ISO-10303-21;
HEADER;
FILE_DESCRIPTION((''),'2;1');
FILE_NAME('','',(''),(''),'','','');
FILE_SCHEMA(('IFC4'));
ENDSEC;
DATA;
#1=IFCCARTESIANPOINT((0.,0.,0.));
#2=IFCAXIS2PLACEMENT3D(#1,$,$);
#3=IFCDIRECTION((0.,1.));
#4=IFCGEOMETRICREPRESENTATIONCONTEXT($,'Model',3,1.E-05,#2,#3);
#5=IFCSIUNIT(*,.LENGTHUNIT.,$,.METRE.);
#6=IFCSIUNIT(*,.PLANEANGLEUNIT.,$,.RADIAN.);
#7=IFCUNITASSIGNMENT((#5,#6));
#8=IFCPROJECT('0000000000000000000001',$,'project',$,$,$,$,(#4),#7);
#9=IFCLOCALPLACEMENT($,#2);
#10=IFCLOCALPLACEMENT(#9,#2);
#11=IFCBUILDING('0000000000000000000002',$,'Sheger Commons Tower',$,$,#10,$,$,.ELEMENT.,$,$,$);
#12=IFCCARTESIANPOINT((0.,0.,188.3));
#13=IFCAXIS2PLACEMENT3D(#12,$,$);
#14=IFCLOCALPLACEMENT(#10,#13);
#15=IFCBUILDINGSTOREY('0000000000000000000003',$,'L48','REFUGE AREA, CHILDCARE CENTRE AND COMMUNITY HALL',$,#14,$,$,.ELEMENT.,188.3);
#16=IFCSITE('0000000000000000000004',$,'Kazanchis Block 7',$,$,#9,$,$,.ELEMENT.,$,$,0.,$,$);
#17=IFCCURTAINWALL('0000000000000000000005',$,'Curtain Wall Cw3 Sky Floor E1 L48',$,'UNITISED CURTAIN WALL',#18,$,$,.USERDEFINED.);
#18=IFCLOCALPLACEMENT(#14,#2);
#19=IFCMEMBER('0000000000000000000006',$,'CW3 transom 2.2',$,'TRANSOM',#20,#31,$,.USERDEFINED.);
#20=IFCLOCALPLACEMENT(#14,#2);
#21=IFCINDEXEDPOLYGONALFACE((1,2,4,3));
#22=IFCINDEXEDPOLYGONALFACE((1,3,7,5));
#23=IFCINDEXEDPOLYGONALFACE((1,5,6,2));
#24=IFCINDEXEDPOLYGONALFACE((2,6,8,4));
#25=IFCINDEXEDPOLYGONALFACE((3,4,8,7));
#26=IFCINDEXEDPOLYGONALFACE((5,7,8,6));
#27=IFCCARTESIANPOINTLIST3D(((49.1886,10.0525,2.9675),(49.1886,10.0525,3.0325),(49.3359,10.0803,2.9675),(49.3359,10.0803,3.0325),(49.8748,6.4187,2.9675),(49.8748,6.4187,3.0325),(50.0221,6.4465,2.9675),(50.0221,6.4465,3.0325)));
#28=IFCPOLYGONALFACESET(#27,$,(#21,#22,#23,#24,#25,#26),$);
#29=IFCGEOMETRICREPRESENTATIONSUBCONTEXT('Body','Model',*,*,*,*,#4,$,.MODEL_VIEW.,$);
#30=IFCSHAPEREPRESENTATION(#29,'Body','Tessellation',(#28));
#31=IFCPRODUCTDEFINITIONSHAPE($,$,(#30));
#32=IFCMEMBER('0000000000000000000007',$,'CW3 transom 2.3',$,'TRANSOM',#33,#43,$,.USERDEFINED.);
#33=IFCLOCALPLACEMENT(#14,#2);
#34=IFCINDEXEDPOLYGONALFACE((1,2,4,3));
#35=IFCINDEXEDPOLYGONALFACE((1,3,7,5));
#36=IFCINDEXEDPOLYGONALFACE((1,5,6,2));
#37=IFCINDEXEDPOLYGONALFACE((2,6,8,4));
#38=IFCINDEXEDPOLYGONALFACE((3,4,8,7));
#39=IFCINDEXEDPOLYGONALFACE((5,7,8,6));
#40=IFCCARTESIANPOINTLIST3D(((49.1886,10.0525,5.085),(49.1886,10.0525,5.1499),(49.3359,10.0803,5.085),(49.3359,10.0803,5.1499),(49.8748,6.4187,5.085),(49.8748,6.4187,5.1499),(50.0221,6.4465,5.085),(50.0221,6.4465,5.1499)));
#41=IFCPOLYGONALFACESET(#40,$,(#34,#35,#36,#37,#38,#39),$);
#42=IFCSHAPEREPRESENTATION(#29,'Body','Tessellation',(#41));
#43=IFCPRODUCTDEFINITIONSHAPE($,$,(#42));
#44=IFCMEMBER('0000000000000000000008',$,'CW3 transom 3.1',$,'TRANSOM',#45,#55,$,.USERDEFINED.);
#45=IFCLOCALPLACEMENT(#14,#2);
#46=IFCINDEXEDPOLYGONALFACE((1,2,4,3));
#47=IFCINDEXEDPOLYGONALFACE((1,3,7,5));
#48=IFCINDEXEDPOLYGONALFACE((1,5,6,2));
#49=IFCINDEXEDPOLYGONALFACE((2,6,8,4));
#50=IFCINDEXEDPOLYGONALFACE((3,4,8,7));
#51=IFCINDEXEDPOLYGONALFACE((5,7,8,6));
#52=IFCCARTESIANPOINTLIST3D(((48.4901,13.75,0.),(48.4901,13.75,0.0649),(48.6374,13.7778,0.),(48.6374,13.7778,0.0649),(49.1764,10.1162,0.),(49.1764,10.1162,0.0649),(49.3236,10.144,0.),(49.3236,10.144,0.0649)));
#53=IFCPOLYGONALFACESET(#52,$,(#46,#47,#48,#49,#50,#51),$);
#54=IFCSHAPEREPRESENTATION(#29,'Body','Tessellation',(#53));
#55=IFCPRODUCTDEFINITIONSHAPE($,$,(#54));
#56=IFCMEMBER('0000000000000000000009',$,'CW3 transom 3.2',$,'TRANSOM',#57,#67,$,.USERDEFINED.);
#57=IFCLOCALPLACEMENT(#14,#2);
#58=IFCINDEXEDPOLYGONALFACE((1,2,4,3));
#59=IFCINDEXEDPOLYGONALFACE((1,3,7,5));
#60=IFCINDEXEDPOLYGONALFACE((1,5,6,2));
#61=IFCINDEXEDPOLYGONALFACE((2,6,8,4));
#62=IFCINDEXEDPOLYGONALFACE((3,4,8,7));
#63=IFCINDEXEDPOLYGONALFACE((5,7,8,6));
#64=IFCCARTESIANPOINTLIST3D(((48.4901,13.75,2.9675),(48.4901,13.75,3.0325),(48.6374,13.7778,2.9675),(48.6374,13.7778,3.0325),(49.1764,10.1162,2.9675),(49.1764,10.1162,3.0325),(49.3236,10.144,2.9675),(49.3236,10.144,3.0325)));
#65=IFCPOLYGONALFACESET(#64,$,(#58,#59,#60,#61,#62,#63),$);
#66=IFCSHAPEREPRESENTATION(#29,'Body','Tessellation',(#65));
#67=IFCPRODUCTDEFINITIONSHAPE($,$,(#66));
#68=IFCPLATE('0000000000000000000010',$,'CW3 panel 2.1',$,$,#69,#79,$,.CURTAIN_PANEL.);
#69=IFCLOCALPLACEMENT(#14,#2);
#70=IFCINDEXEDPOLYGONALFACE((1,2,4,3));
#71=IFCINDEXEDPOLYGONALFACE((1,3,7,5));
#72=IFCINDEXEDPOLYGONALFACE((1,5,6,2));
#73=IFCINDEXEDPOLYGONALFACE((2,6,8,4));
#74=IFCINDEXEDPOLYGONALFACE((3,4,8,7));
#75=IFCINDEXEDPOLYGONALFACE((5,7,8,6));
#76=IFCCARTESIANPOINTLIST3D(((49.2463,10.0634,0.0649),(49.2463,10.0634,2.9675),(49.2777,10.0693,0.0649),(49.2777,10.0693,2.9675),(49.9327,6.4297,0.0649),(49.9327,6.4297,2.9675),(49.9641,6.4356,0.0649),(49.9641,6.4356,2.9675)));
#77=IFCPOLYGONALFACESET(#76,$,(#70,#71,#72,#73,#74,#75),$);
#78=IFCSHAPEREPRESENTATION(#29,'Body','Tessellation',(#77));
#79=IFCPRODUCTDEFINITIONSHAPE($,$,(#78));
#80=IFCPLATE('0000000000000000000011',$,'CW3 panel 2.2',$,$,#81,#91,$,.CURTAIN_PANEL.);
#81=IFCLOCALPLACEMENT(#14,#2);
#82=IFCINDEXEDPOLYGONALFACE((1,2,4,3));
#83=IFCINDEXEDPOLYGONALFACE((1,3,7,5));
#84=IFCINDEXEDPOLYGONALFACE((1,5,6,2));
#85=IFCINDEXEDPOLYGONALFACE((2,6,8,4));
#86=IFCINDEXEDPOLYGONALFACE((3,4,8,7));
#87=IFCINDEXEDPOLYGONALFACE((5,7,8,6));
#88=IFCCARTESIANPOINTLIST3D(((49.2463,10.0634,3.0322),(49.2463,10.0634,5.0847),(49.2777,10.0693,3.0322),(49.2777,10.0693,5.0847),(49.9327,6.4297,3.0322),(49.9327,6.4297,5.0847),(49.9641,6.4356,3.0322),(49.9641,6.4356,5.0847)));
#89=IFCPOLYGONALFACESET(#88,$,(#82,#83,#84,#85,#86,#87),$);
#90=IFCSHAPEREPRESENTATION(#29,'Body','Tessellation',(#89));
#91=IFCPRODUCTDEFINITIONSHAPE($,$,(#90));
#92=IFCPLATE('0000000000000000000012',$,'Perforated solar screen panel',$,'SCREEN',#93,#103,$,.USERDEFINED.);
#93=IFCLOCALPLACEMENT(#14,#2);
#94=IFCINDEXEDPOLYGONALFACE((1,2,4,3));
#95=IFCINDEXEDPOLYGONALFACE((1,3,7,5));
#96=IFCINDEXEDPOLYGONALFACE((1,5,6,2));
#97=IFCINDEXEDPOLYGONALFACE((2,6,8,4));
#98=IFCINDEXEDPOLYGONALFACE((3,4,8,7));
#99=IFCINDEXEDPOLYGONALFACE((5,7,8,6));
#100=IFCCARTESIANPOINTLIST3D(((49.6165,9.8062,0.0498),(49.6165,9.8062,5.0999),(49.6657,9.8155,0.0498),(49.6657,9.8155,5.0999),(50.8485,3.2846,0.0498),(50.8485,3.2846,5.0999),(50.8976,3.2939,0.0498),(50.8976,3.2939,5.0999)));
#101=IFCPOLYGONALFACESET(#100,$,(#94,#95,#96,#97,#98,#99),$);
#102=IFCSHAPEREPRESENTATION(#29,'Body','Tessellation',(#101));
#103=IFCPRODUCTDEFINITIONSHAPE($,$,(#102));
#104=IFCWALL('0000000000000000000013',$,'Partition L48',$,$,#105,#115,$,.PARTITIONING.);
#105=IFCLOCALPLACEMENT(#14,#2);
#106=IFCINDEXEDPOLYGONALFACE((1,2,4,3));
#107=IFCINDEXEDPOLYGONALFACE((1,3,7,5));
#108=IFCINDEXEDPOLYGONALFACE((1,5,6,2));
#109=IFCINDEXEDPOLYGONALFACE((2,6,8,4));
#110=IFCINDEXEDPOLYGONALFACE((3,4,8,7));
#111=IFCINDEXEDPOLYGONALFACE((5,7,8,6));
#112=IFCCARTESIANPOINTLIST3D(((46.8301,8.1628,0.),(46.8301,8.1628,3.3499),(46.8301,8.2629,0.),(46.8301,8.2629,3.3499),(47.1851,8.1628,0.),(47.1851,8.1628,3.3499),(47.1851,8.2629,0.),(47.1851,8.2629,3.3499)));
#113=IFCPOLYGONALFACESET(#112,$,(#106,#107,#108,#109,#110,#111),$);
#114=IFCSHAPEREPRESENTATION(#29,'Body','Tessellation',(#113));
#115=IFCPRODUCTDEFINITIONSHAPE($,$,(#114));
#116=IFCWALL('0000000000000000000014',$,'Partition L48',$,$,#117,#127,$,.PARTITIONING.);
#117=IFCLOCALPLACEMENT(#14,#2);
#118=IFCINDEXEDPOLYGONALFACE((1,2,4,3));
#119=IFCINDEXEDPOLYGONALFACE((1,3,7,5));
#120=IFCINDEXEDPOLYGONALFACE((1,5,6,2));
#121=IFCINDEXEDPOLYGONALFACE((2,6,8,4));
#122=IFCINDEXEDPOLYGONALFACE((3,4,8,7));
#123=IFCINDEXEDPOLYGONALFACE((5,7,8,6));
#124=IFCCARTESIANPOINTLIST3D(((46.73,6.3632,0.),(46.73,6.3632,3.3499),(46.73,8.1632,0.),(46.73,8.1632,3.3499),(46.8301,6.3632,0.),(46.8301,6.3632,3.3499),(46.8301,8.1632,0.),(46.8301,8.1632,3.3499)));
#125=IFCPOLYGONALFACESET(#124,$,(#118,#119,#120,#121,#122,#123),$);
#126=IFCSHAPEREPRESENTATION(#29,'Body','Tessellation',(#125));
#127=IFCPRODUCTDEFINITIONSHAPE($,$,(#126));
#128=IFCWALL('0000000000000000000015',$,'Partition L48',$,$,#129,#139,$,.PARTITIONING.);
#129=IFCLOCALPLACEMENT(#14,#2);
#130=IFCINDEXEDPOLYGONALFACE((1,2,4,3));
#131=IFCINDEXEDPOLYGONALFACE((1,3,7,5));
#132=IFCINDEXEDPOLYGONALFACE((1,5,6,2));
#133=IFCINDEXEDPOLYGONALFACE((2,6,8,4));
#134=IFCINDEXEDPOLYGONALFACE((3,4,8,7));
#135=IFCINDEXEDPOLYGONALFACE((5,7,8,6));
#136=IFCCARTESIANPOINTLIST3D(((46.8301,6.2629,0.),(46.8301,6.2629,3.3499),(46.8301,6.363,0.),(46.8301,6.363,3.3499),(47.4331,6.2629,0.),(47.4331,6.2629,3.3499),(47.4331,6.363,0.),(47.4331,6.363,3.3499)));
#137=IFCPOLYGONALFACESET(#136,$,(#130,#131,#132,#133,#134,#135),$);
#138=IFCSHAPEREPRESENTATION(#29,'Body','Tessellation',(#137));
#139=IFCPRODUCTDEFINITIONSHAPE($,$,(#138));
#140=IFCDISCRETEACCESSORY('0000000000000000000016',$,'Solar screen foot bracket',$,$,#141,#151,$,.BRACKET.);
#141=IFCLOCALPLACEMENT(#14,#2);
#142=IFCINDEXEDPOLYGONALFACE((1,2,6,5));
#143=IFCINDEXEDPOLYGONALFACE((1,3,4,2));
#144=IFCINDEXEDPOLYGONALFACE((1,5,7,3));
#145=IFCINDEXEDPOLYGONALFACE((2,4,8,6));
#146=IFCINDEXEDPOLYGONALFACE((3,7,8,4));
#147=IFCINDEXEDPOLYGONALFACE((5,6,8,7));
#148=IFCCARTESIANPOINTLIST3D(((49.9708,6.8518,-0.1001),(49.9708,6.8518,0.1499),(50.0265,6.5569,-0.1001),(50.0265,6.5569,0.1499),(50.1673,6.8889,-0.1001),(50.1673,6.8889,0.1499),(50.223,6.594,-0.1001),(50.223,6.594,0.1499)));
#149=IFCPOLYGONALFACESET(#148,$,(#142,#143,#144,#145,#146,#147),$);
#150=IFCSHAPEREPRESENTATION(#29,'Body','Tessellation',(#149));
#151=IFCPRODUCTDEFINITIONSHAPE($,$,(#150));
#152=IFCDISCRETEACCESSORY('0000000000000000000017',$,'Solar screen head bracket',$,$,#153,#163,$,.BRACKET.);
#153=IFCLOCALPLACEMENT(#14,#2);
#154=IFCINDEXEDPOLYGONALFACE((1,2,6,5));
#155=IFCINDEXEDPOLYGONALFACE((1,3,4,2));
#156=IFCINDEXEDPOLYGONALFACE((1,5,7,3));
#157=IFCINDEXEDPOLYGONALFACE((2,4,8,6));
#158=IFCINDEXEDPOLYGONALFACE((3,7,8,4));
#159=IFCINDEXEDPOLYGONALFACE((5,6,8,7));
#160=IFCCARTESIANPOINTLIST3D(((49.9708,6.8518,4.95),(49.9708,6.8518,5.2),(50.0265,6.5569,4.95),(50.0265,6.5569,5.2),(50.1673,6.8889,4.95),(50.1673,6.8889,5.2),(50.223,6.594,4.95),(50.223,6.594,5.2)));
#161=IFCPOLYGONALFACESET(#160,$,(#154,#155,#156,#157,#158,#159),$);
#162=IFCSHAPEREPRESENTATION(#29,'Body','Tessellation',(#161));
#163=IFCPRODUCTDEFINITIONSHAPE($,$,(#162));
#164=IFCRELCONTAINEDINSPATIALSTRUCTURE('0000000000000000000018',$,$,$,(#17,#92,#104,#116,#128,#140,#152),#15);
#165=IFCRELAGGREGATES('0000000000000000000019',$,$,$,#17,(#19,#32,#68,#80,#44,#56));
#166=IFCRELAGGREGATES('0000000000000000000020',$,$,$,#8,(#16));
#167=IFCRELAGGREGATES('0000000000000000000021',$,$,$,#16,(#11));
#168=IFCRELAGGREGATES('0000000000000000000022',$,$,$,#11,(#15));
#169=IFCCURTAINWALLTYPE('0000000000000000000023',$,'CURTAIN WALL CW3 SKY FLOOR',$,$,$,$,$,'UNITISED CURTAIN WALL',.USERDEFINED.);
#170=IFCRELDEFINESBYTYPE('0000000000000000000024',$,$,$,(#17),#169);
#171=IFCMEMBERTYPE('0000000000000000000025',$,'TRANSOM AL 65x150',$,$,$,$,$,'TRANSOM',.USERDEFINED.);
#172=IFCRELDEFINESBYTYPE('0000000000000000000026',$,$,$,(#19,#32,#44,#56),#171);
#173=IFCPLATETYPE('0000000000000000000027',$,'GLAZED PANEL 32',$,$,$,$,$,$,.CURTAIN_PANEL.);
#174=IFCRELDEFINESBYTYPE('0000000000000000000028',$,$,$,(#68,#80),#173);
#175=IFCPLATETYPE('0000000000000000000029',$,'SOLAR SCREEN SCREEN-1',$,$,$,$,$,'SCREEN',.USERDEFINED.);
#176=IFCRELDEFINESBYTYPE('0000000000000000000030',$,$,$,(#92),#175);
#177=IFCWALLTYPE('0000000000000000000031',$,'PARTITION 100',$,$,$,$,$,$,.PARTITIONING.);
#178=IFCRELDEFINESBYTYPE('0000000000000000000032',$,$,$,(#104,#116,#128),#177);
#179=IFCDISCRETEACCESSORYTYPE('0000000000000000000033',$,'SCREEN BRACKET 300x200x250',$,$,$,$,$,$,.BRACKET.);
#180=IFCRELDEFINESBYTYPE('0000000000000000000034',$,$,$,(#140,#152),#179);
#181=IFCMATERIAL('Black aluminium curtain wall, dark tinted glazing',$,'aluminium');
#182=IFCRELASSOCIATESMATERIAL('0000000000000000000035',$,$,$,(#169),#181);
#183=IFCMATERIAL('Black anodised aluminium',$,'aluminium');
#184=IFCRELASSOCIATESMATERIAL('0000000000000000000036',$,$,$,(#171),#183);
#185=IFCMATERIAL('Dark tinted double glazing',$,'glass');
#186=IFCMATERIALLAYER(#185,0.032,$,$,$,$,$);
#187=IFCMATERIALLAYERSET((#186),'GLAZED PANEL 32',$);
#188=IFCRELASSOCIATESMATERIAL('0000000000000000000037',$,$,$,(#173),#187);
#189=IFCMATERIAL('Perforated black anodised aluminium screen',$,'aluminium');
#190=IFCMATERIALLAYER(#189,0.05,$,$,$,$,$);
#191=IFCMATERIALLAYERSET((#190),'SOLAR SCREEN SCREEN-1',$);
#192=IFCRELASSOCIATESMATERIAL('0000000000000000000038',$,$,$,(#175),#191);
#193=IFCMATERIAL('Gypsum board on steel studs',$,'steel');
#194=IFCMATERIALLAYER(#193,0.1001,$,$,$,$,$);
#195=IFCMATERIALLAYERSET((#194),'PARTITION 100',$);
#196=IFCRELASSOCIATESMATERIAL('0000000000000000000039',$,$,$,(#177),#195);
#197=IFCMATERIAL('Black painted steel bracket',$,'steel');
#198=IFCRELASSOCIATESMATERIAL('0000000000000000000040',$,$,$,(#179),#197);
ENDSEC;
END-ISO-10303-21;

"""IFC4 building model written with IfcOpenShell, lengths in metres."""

from ifc_helpers import new_model, si_unit, direction, frame, frame_2d, origin, origin_2d, place, context, subcontext, project, spatial, rectangle, extrude, material, layer, layer_set, material_profile, profile_set, type_object, element, aggregate, save


model = new_model("IFC4")

# Units and contexts
model_context = context("Model", 3, precision=1e-05, world=origin(), true_north=direction((0.0, 1.0)))
body_context = subcontext(model_context, "Body", "Model", "MODEL_VIEW")
ifc_project = project(units=[si_unit("LENGTHUNIT", "METRE"), si_unit("PLANEANGLEUNIT", "RADIAN")], contexts=[model_context])

# Site, building, storey
site_placement = place(None, origin())
site = spatial("IfcSite", under=ifc_project, at=site_placement, Name="Kazanchis Block 7", CompositionType="ELEMENT", RefElevation=0.0)
building_placement = place(site_placement, origin())
building = spatial("IfcBuilding", under=site, at=building_placement, Name="Sheger Commons Tower", CompositionType="ELEMENT")
storey_placement = place(building_placement, frame((0.0, 0.0, 188.3)))
storey = spatial("IfcBuildingStorey", under=building, at=storey_placement, Name="L48", Description="REFUGE AREA, CHILDCARE CENTRE AND COMMUNITY HALL", CompositionType="ELEMENT", Elevation=188.3)

# Curtain wall
ifc_material_1 = material(Name="Black aluminium curtain wall, dark tinted glazing", Category="aluminium")
curtain_wall_type = type_object("IfcCurtainWallType", Name="CURTAIN WALL CW3 SKY FLOOR", ElementType="UNITISED CURTAIN WALL", PredefinedType="USERDEFINED", material=ifc_material_1)
curtain_wall_placement = place(storey_placement, origin())
curtain_wall = element("IfcCurtainWall", 1, at=curtain_wall_placement, inside=storey, type_object=curtain_wall_type, Name="Curtain Wall Cw3 Sky Floor E1 L48", ObjectType="UNITISED CURTAIN WALL", PredefinedType="USERDEFINED")

# Members
ifc_material_2 = material(Name="Black anodised aluminium", Category="aluminium")
ifc_material_profile_1 = material_profile(ifc_material_2, rectangle(XDim=0.1499, YDim=0.0649, at=origin_2d()), Name="AL 65x150")
ifc_profile_set_1 = profile_set([ifc_material_profile_1], Name="Black anodised aluminium")
member_type_1 = type_object("IfcMemberType", Name="TRANSOM AL 65x150", ElementType="TRANSOM", PredefinedType="USERDEFINED", material=ifc_profile_set_1)
member_1_placement = place(storey_placement, frame((49.9485, 6.4326, 3.0), z_axis=(-0.18558, 0.982629, 0.0), x_axis=(-0.982629, -0.18558, 0.0)))
member_1 = element("IfcMember", 2, at=member_1_placement, type_object=member_type_1, Name="CW3 transom 2.2", ObjectType="TRANSOM", PredefinedType="USERDEFINED", context=body_context, shape_type="SweptSolid", body=[
    extrude(rectangle(XDim=0.1499, YDim=0.0649, at=origin_2d()), origin(), (0.0, 0.0, 1.0), 3.698),
])
member_2_placement = place(storey_placement, frame((49.9485, 6.4326, 5.1174), z_axis=(-0.18558, 0.982629, 0.0), x_axis=(-0.982629, -0.18558, 0.0)))
member_2 = element("IfcMember", 3, at=member_2_placement, type_object=member_type_1, Name="CW3 transom 2.3", ObjectType="TRANSOM", PredefinedType="USERDEFINED", context=body_context, shape_type="SweptSolid", body=[
    extrude(rectangle(XDim=0.1499, YDim=0.0649, at=origin_2d()), origin(), (0.0, 0.0, 1.0), 3.698),
])
member_3_placement = place(storey_placement, frame((49.25, 10.1301, 0.0325), z_axis=(-0.18558, 0.982629, 0.0), x_axis=(-0.982629, -0.18558, 0.0)))
member_3 = element("IfcMember", 4, at=member_3_placement, type_object=member_type_1, Name="CW3 transom 3.1", ObjectType="TRANSOM", PredefinedType="USERDEFINED", context=body_context, shape_type="SweptSolid", body=[
    extrude(rectangle(XDim=0.1499, YDim=0.0649, at=origin_2d()), origin(), (0.0, 0.0, 1.0), 3.698),
])
member_4_placement = place(storey_placement, frame((49.25, 10.1301, 3.0), z_axis=(-0.18558, 0.982629, 0.0), x_axis=(-0.982629, -0.18558, 0.0)))
member_4 = element("IfcMember", 5, at=member_4_placement, type_object=member_type_1, Name="CW3 transom 3.2", ObjectType="TRANSOM", PredefinedType="USERDEFINED", context=body_context, shape_type="SweptSolid", body=[
    extrude(rectangle(XDim=0.1499, YDim=0.0649, at=origin_2d()), origin(), (0.0, 0.0, 1.0), 3.698),
])

# Plates
ifc_material_3 = material(Name="Dark tinted double glazing", Category="glass")
ifc_layer_1 = layer(ifc_material_3, 0.032)
ifc_layer_set_1 = layer_set([ifc_layer_1], Name="GLAZED PANEL 32")
plate_type_1 = type_object("IfcPlateType", Name="GLAZED PANEL 32", PredefinedType="CURTAIN_PANEL", material=ifc_layer_set_1)
plate_1_placement = place(storey_placement, frame((49.6052, 8.2495, 0.0649), z_axis=(0.0, 0.0, 1.0), x_axis=(-0.18561, 0.982624, 0.0)))
plate_1 = element("IfcPlate", 6, at=plate_1_placement, type_object=plate_type_1, Name="CW3 panel 2.1", PredefinedType="CURTAIN_PANEL", context=body_context, shape_type="SweptSolid", body=[
    extrude(rectangle(XDim=3.698, YDim=0.032, at=origin_2d()), origin(), (0.0, 0.0, 1.0), 2.9026),
])
plate_2_placement = place(storey_placement, frame((49.6052, 8.2495, 3.0322), z_axis=(0.0, 0.0, 1.0), x_axis=(-0.18561, 0.982624, 0.0)))
plate_2 = element("IfcPlate", 7, at=plate_2_placement, type_object=plate_type_1, Name="CW3 panel 2.2", PredefinedType="CURTAIN_PANEL", context=body_context, shape_type="SweptSolid", body=[
    extrude(rectangle(XDim=3.698, YDim=0.032, at=origin_2d()), origin(), (0.0, 0.0, 1.0), 2.0525),
])
aggregate(curtain_wall, [member_1, member_2, plate_1, plate_2, member_3, member_4])
ifc_material_4 = material(Name="Perforated black anodised aluminium screen", Category="aluminium")
ifc_layer_2 = layer(ifc_material_4, 0.05)
ifc_layer_set_2 = layer_set([ifc_layer_2], Name="SOLAR SCREEN SCREEN-1")
plate_type_2 = type_object("IfcPlateType", Name="SOLAR SCREEN SCREEN-1", ElementType="SCREEN", PredefinedType="USERDEFINED", material=ifc_layer_set_2)
plate_3_placement = place(storey_placement, frame((50.2571, 6.55, 0.0498), z_axis=(0.0, 0.0, 1.0), x_axis=(-0.185615, 0.982623, 0.0)))
element("IfcPlate", 8, at=plate_3_placement, inside=storey, type_object=plate_type_2, Name="Perforated solar screen panel", ObjectType="SCREEN", PredefinedType="USERDEFINED", context=body_context, shape_type="SweptSolid", body=[
    extrude(rectangle(XDim=6.637, YDim=0.05, at=origin_2d()), origin(), (0.0, 0.0, 1.0), 5.05),
])

# Walls
ifc_material_5 = material(Name="Gypsum board on steel studs", Category="steel")
ifc_layer_3 = layer(ifc_material_5, 0.1001)
ifc_layer_set_3 = layer_set([ifc_layer_3], Name="PARTITION 100")
wall_type = type_object("IfcWallType", Name="PARTITION 100", PredefinedType="PARTITIONING", material=ifc_layer_set_3)
wall_1_placement = place(storey_placement, frame((47.1851, 8.2129, 0.0), z_axis=(0.0, 0.0, 1.0), x_axis=(-1.0, 0.0, 0.0)))
element("IfcWall", 9, at=wall_1_placement, inside=storey, type_object=wall_type, Name="Partition L48", PredefinedType="PARTITIONING", context=body_context, shape_type="SweptSolid", body=[
    extrude(rectangle(XDim=0.355, YDim=0.1001, at=frame_2d((0.1775, 0.0))), origin(), (0.0, 0.0, 1.0), 3.3499),
])
wall_2_placement = place(storey_placement, frame((46.78, 8.1631, 0.0), z_axis=(0.0, 0.0, 1.0), x_axis=(0.0, -1.0, 0.0)))
element("IfcWall", 10, at=wall_2_placement, inside=storey, type_object=wall_type, Name="Partition L48", PredefinedType="PARTITIONING", context=body_context, shape_type="SweptSolid", body=[
    extrude(rectangle(XDim=1.8, YDim=0.1001, at=frame_2d((0.8999, 0.0))), origin(), (0.0, 0.0, 1.0), 3.3499),
])
wall_3_placement = place(storey_placement, frame((46.8301, 6.313, 0.0), z_axis=(0.0, 0.0, 1.0), x_axis=(1.0, 0.0, 0.0)))
element("IfcWall", 11, at=wall_3_placement, inside=storey, type_object=wall_type, Name="Partition L48", PredefinedType="PARTITIONING", context=body_context, shape_type="SweptSolid", body=[
    extrude(rectangle(XDim=0.603, YDim=0.1001, at=frame_2d((0.3015, 0.0))), origin(), (0.0, 0.0, 1.0), 3.3499),
])

# Discrete accessories
ifc_material_6 = material(Name="Black painted steel bracket", Category="steel")
discrete_accessory_type = type_object("IfcDiscreteAccessoryType", Name="SCREEN BRACKET 300x200x250", PredefinedType="BRACKET", material=ifc_material_6)
for number, where, z_axis, x_axis, name in (
    (12, (50.0969, 6.7229, -0.1001), (0.0, 0.0, 1.0), (-0.185615, 0.982623, 0.0), "Solar screen foot bracket"),
    (13, (50.0969, 6.7229, 4.95), (0.0, 0.0, 1.0), (-0.185615, 0.982623, 0.0), "Solar screen head bracket"),
):
    element("IfcDiscreteAccessory", number, at=place(storey_placement, frame(where, z_axis=z_axis, x_axis=x_axis)), inside=storey, type_object=discrete_accessory_type, Name=name, PredefinedType="BRACKET", context=body_context, shape_type="SweptSolid", body=[
        extrude(rectangle(XDim=0.3, YDim=0.2, at=origin_2d()), origin(), (0.0, 0.0, 1.0), 0.25),
    ])

save(model, "model.ifc")
